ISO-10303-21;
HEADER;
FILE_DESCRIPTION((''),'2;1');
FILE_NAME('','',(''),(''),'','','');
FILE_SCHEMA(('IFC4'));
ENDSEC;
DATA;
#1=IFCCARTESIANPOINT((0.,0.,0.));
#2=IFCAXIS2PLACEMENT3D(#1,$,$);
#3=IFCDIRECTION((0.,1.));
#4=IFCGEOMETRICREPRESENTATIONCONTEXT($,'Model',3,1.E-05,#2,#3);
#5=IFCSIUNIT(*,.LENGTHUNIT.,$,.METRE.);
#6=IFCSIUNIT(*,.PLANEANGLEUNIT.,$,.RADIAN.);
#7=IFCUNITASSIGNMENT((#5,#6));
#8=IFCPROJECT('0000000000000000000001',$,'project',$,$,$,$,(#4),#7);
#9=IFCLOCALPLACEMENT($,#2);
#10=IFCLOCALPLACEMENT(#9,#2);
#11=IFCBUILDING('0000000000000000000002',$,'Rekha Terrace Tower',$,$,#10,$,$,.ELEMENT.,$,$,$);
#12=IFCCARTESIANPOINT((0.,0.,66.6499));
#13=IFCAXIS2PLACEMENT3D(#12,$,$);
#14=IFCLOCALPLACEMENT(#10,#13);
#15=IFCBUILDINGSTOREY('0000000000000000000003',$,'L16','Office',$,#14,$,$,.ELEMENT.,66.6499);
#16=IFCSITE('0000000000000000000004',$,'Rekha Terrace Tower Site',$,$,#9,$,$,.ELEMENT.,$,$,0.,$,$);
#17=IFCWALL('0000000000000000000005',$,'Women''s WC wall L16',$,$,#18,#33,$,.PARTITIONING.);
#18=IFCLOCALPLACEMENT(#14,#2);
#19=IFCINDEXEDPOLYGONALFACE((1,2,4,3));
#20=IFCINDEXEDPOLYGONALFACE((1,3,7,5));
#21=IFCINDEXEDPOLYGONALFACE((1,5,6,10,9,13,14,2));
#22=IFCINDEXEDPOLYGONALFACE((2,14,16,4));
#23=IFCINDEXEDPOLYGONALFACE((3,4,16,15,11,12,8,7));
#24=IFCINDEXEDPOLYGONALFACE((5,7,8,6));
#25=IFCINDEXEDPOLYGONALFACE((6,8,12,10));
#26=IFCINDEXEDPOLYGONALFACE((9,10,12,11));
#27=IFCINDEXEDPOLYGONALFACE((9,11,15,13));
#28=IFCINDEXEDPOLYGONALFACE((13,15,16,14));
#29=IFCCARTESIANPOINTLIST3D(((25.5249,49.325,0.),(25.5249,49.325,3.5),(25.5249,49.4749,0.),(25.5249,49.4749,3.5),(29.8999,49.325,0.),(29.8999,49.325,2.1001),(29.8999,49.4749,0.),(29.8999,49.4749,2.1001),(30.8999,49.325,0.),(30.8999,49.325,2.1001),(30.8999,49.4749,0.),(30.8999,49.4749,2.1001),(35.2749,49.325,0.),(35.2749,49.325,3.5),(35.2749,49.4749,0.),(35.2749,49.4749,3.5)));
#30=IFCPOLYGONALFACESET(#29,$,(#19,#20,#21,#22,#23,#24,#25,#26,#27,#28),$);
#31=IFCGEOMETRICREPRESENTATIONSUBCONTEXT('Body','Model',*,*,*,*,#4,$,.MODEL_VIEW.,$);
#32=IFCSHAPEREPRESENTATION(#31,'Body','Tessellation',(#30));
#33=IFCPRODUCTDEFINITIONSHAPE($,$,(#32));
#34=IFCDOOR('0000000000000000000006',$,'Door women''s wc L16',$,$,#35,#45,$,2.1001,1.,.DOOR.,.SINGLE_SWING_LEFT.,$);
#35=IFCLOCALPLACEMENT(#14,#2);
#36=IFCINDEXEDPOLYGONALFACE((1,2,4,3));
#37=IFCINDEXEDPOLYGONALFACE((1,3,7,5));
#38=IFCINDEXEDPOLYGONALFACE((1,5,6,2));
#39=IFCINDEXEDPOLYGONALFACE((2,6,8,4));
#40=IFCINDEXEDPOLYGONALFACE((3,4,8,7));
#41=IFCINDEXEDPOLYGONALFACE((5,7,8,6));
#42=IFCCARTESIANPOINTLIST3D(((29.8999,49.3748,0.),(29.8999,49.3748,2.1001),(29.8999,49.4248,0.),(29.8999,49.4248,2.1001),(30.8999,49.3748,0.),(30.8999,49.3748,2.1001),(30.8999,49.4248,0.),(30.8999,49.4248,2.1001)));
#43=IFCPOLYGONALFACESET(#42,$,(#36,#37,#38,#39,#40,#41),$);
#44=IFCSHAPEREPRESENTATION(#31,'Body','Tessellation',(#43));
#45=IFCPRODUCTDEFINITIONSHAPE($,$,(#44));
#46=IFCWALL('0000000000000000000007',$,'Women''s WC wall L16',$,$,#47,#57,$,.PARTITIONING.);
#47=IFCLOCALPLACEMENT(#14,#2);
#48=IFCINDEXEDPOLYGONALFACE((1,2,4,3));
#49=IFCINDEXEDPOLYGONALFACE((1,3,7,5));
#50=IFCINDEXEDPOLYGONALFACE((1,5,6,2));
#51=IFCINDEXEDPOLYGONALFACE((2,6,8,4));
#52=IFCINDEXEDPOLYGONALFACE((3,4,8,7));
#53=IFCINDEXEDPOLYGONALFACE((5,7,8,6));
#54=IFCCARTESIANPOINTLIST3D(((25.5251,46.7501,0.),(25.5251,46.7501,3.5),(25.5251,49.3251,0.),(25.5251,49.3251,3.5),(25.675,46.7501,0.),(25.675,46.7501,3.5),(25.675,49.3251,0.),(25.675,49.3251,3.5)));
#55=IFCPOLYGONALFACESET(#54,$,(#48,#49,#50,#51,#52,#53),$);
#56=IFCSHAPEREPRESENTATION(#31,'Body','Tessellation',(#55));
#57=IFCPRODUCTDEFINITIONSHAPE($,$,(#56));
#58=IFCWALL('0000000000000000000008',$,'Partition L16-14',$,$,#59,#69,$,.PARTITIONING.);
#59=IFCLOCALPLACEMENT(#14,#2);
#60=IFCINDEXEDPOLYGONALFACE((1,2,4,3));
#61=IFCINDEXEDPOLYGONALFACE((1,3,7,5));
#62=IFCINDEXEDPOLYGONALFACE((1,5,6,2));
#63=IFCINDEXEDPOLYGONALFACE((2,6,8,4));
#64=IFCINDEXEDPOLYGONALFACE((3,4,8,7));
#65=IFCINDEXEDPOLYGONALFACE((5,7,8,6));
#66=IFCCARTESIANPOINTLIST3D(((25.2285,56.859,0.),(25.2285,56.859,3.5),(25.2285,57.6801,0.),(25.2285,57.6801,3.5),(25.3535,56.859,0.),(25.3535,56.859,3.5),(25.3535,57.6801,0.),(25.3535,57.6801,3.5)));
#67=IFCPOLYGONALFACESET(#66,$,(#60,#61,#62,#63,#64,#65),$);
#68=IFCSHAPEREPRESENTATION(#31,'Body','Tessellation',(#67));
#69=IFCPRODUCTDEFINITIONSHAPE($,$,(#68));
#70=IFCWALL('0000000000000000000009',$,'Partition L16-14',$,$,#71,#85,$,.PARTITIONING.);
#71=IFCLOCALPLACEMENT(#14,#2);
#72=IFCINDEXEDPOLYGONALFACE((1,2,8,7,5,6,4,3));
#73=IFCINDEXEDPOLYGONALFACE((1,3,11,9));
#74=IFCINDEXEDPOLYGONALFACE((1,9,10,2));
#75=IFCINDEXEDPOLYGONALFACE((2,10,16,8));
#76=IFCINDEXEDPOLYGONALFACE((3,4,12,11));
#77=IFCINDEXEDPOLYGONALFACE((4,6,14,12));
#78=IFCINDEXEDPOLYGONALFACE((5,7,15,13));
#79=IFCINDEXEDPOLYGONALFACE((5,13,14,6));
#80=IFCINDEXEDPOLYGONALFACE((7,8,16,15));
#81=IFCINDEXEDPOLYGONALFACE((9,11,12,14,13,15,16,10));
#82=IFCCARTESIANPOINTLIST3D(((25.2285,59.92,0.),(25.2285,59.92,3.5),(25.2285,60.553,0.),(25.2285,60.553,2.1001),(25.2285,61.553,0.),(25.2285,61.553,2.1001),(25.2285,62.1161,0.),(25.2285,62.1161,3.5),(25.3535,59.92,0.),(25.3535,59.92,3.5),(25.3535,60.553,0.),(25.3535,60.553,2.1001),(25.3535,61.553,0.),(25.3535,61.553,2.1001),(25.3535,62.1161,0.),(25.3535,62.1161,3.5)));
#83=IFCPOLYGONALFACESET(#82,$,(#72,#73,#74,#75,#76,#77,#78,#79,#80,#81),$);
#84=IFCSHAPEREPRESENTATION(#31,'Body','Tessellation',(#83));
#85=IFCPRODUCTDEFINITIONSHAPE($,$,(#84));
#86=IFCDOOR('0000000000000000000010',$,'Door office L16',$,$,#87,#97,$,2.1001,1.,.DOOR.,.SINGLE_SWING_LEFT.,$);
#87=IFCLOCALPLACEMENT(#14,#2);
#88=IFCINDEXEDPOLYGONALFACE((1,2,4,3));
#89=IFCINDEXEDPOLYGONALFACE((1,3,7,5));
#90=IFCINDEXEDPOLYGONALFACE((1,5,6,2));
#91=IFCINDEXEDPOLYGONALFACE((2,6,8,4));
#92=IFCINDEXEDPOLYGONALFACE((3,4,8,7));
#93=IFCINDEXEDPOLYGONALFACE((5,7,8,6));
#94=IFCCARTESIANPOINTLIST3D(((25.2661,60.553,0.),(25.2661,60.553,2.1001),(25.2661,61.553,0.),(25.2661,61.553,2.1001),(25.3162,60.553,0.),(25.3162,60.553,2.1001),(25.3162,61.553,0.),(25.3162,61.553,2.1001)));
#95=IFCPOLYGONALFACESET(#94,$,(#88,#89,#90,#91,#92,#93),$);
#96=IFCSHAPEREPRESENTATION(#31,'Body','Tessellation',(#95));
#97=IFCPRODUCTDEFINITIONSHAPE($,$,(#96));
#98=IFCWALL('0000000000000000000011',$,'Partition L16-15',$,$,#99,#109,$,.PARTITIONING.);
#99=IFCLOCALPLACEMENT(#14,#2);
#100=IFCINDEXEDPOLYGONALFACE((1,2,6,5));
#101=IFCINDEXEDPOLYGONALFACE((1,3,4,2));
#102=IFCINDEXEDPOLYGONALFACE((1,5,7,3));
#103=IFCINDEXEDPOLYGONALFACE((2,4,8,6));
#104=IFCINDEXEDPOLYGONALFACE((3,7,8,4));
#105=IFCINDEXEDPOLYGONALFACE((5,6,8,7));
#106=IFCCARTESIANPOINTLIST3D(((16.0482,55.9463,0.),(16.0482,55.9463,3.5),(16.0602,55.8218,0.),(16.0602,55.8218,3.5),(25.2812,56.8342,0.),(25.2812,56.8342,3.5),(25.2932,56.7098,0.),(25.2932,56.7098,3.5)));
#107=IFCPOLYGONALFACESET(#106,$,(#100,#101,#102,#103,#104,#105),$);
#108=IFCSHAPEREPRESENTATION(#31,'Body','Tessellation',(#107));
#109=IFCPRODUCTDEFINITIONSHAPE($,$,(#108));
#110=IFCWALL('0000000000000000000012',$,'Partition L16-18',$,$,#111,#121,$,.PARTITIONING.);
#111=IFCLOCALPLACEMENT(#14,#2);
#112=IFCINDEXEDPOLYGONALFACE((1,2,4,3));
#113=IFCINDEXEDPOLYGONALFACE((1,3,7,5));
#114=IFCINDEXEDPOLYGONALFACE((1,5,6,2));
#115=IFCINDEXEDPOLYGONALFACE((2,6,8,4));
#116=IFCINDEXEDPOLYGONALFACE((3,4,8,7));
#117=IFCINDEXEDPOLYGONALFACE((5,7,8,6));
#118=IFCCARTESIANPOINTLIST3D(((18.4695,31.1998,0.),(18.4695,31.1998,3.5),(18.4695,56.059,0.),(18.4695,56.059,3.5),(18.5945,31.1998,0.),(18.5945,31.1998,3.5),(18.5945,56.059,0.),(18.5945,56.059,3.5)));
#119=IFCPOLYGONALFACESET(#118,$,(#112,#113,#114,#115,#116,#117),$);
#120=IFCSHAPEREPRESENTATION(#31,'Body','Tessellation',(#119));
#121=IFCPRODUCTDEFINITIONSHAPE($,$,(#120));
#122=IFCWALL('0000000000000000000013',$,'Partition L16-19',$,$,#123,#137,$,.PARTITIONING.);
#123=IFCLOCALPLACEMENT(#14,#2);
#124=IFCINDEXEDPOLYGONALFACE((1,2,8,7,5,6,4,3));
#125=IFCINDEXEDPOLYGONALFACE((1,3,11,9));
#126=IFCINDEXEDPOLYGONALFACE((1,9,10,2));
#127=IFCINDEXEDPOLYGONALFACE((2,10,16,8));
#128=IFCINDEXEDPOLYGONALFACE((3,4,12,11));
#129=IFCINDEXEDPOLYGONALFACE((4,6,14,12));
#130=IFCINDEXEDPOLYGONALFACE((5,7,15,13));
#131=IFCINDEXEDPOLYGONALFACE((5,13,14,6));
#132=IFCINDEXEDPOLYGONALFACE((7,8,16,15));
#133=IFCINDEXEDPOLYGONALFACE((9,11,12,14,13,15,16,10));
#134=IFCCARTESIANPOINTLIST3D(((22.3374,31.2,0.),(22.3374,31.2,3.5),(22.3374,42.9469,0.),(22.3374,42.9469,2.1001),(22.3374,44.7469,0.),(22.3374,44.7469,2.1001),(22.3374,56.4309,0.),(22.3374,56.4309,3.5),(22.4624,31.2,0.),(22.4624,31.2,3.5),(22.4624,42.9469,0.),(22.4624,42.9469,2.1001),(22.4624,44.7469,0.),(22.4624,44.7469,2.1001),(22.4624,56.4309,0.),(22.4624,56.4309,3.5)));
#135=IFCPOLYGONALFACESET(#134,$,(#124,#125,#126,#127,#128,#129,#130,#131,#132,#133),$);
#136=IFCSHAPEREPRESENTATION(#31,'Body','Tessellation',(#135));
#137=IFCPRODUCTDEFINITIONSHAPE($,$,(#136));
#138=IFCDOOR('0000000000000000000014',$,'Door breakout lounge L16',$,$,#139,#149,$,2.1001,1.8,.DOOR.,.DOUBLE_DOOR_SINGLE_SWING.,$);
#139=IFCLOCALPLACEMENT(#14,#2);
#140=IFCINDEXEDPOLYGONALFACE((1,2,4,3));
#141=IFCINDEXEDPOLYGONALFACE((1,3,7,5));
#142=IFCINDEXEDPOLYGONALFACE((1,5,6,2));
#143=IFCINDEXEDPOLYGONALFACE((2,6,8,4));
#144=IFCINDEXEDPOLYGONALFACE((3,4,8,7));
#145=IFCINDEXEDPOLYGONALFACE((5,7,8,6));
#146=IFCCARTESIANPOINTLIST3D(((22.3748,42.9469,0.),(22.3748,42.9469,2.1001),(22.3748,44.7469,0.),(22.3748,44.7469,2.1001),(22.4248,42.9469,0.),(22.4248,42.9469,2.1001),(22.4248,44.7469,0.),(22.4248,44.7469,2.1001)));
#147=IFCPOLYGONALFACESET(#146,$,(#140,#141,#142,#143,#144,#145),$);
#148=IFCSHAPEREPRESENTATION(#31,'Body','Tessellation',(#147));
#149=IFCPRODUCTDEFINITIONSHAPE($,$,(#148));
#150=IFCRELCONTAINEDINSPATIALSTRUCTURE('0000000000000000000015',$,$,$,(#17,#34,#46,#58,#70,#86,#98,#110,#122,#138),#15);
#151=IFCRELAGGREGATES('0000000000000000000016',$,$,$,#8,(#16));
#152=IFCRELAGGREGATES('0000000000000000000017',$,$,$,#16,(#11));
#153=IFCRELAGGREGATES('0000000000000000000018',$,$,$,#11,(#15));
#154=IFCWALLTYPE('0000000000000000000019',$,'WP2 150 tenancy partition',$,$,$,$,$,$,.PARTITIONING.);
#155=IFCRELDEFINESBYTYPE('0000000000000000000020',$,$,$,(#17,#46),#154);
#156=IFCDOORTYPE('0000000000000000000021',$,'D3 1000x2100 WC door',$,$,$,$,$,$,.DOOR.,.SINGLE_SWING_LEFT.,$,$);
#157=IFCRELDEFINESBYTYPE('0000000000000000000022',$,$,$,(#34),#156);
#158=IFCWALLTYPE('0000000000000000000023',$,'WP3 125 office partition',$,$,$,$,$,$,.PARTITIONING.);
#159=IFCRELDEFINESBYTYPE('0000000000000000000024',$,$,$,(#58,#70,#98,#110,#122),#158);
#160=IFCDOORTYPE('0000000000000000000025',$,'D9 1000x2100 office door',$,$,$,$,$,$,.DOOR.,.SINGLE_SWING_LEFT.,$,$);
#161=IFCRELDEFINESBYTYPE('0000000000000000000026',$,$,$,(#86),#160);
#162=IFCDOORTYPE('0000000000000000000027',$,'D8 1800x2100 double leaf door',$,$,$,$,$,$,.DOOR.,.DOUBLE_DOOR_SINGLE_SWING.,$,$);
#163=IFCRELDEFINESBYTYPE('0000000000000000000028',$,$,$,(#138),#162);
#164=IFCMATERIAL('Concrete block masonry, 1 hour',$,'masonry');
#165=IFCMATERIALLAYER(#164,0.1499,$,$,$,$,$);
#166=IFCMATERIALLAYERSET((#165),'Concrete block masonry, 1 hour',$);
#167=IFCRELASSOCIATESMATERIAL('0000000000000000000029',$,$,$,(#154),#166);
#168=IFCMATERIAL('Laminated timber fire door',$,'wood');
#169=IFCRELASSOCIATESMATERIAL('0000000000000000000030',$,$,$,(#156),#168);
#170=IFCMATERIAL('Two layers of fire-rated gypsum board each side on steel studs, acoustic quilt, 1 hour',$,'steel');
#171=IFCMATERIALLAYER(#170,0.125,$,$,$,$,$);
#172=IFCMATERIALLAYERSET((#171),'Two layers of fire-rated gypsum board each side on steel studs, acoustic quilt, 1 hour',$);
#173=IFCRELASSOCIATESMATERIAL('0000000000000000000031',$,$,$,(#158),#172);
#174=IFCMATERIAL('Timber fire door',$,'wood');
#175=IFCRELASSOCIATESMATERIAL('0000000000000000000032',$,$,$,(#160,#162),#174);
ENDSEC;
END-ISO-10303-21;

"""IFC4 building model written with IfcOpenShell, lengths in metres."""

from ifc_helpers import new_model, si_unit, direction, frame, frame_2d, origin, place, context, subcontext, project, spatial, rectangle, extrude, material, layer, layer_set, type_object, element, fill, save


model = new_model("IFC4")

# Units and contexts
model_context = context("Model", 3, precision=1e-05, world=origin(), true_north=direction((0.0, 1.0)))
body_context = subcontext(model_context, "Body", "Model", "MODEL_VIEW")
ifc_project = project(units=[si_unit("LENGTHUNIT", "METRE"), si_unit("PLANEANGLEUNIT", "RADIAN")], contexts=[model_context])

# Site, building, storey
site_placement = place(None, origin())
site = spatial("IfcSite", under=ifc_project, at=site_placement, Name="Rekha Terrace Tower Site", CompositionType="ELEMENT", RefElevation=0.0)
building_placement = place(site_placement, origin())
building = spatial("IfcBuilding", under=site, at=building_placement, Name="Rekha Terrace Tower", CompositionType="ELEMENT")
storey_placement = place(building_placement, frame((0.0, 0.0, 66.6499)))
storey = spatial("IfcBuildingStorey", under=building, at=storey_placement, Name="L16", Description="Office", CompositionType="ELEMENT", Elevation=66.6499)

# Wall, opening, door
ifc_material_1 = material(Name="Concrete block masonry, 1 hour", Category="masonry")
ifc_layer_1 = layer(ifc_material_1, 0.1499)
ifc_layer_set_1 = layer_set([ifc_layer_1], Name="Concrete block masonry, 1 hour")
wall_type_1 = type_object("IfcWallType", Name="WP2 150 tenancy partition", PredefinedType="PARTITIONING", material=ifc_layer_set_1)
wall_1_placement = place(storey_placement, frame((25.5249, 49.3999, 0.0), z_axis=(0.0, 0.0, 1.0), x_axis=(1.0, 0.0, 0.0)))
wall_1 = element("IfcWall", 1, at=wall_1_placement, inside=storey, type_object=wall_type_1, Name="Women's WC wall L16", PredefinedType="PARTITIONING", context=body_context, shape_type="SweptSolid", body=[
    extrude(rectangle(XDim=9.75, YDim=0.1499, at=frame_2d((4.875, 0.0))), origin(), (0.0, 0.0, 1.0), 3.5),
])
opening_1_placement = place(wall_1_placement, frame((4.375, 0.0, 0.0)))
opening_1 = element("IfcOpeningElement", 2, at=opening_1_placement, cuts=wall_1, PredefinedType="OPENING", context=body_context, shape_type="SweptSolid", body=[
    extrude(rectangle(XDim=1.0, YDim=2.1001, at=frame_2d((0.5, 1.05))), frame((0.0, 0.085, 0.0), z_axis=(0.0, -1.0, 0.0), x_axis=(1.0, 0.0, 0.0)), (0.0, 0.0, 1.0), 0.1699),
])
ifc_material_2 = material(Name="Laminated timber fire door", Category="wood")
door_type_1 = type_object("IfcDoorType", Name="D3 1000x2100 WC door", OperationType="SINGLE_SWING_LEFT", PredefinedType="DOOR", material=ifc_material_2)
door_1_placement = place(opening_1_placement, origin())
door_1 = element("IfcDoor", 3, at=door_1_placement, inside=storey, type_object=door_type_1, Name="Door women's wc L16", OperationType="SINGLE_SWING_LEFT", OverallHeight=2.1001, OverallWidth=1.0, PredefinedType="DOOR", context=body_context, shape_type="SweptSolid", body=[
    extrude(rectangle(XDim=1.0, YDim=2.1001, at=frame_2d((0.5, 1.05))), frame((0.0, 0.0249, 0.0), z_axis=(0.0, -1.0, 0.0), x_axis=(1.0, 0.0, 0.0)), (0.0, 0.0, 1.0), 0.05),
])
fill(opening_1, door_1)

# Walls
wall_2_placement = place(storey_placement, frame((25.6001, 46.75, 0.0), z_axis=(0.0, 0.0, 1.0), x_axis=(0.0, 1.0, 0.0)))
element("IfcWall", 4, at=wall_2_placement, inside=storey, type_object=wall_type_1, Name="Women's WC wall L16", PredefinedType="PARTITIONING", context=body_context, shape_type="SweptSolid", body=[
    extrude(rectangle(XDim=2.575, YDim=0.1499, at=frame_2d((1.2876, 0.0))), origin(), (0.0, 0.0, 1.0), 3.5),
])
ifc_material_3 = material(Name="Two layers of fire-rated gypsum board each side on steel studs, acoustic quilt, 1 hour", Category="steel")
ifc_layer_2 = layer(ifc_material_3, 0.125)
ifc_layer_set_2 = layer_set([ifc_layer_2], Name="Two layers of fire-rated gypsum board each side on steel studs, acoustic quilt, 1 hour")
wall_type_2 = type_object("IfcWallType", Name="WP3 125 office partition", PredefinedType="PARTITIONING", material=ifc_layer_set_2)
wall_3_placement = place(storey_placement, frame((25.291, 56.8589, 0.0), z_axis=(0.0, 0.0, 1.0), x_axis=(0.0, 1.0, 0.0)))
element("IfcWall", 5, at=wall_3_placement, inside=storey, type_object=wall_type_2, Name="Partition L16-14", PredefinedType="PARTITIONING", context=body_context, shape_type="SweptSolid", body=[
    extrude(rectangle(XDim=0.821, YDim=0.125, at=frame_2d((0.4106, 0.0))), origin(), (0.0, 0.0, 1.0), 3.5),
])

# Wall, opening, door
wall_4_placement = place(storey_placement, frame((25.291, 59.9199, 0.0), z_axis=(0.0, 0.0, 1.0), x_axis=(0.0, 1.0, 0.0)))
wall_4 = element("IfcWall", 6, at=wall_4_placement, inside=storey, type_object=wall_type_2, Name="Partition L16-14", PredefinedType="PARTITIONING", context=body_context, shape_type="SweptSolid", body=[
    extrude(rectangle(XDim=2.196, YDim=0.125, at=frame_2d((1.0981, 0.0))), origin(), (0.0, 0.0, 1.0), 3.5),
])
opening_2_placement = place(wall_4_placement, frame((0.6331, 0.0, 0.0)))
opening_2 = element("IfcOpeningElement", 7, at=opening_2_placement, cuts=wall_4, PredefinedType="OPENING", context=body_context, shape_type="SweptSolid", body=[
    extrude(rectangle(XDim=1.0, YDim=2.1001, at=frame_2d((0.5, 1.05))), frame((0.0, 0.0725, 0.0), z_axis=(0.0, -1.0, 0.0), x_axis=(1.0, 0.0, 0.0)), (0.0, 0.0, 1.0), 0.145),
])
ifc_material_4 = material(Name="Timber fire door", Category="wood")
door_type_2 = type_object("IfcDoorType", Name="D9 1000x2100 office door", OperationType="SINGLE_SWING_LEFT", PredefinedType="DOOR", material=ifc_material_4)
door_2_placement = place(opening_2_placement, origin())
door_2 = element("IfcDoor", 8, at=door_2_placement, inside=storey, type_object=door_type_2, Name="Door office L16", OperationType="SINGLE_SWING_LEFT", OverallHeight=2.1001, OverallWidth=1.0, PredefinedType="DOOR", context=body_context, shape_type="SweptSolid", body=[
    extrude(rectangle(XDim=1.0, YDim=2.1001, at=frame_2d((0.5, 1.05))), frame((0.0, 0.0249, 0.0), z_axis=(0.0, -1.0, 0.0), x_axis=(1.0, 0.0, 0.0)), (0.0, 0.0, 1.0), 0.05),
])
fill(opening_2, door_2)

# Walls
wall_5_placement = place(storey_placement, frame((25.2871, 56.772, 0.0), z_axis=(0.0, 0.0, 1.0), x_axis=(-0.995408, -0.095727, 0.0)))
element("IfcWall", 9, at=wall_5_placement, inside=storey, type_object=wall_type_2, Name="Partition L16-15", PredefinedType="PARTITIONING", context=body_context, shape_type="SweptSolid", body=[
    extrude(rectangle(XDim=9.2756, YDim=0.125, at=frame_2d((4.6377, 0.0))), origin(), (0.0, 0.0, 1.0), 3.5),
])
wall_6_placement = place(storey_placement, frame((18.532, 56.0591, 0.0), z_axis=(0.0, 0.0, 1.0), x_axis=(0.0, -1.0, 0.0)))
element("IfcWall", 10, at=wall_6_placement, inside=storey, type_object=wall_type_2, Name="Partition L16-18", PredefinedType="PARTITIONING", context=body_context, shape_type="SweptSolid", body=[
    extrude(rectangle(XDim=24.8591, YDim=0.125, at=frame_2d((12.4297, 0.0))), origin(), (0.0, 0.0, 1.0), 3.5),
])

# Wall, opening, door
wall_7_placement = place(storey_placement, frame((22.3999, 56.4309, 0.0), z_axis=(0.0, 0.0, 1.0), x_axis=(0.0, -1.0, 0.0)))
wall_7 = element("IfcWall", 11, at=wall_7_placement, inside=storey, type_object=wall_type_2, Name="Partition L16-19", PredefinedType="PARTITIONING", context=body_context, shape_type="SweptSolid", body=[
    extrude(rectangle(XDim=25.231, YDim=0.125, at=frame_2d((12.6155, 0.0))), origin(), (0.0, 0.0, 1.0), 3.5),
])
opening_3_placement = place(wall_7_placement, frame((11.6841, 0.0, 0.0)))
opening_3 = element("IfcOpeningElement", 12, at=opening_3_placement, cuts=wall_7, PredefinedType="OPENING", context=body_context, shape_type="SweptSolid", body=[
    extrude(rectangle(XDim=1.8, YDim=2.1001, at=frame_2d((0.8999, 1.05))), frame((0.0, 0.0725, 0.0), z_axis=(0.0, -1.0, 0.0), x_axis=(1.0, 0.0, 0.0)), (0.0, 0.0, 1.0), 0.145),
])
door_type_3 = type_object("IfcDoorType", Name="D8 1800x2100 double leaf door", OperationType="DOUBLE_DOOR_SINGLE_SWING", PredefinedType="DOOR", material=ifc_material_4)
door_3_placement = place(opening_3_placement, origin())
door_3 = element("IfcDoor", 13, at=door_3_placement, inside=storey, type_object=door_type_3, Name="Door breakout lounge L16", OperationType="DOUBLE_DOOR_SINGLE_SWING", OverallHeight=2.1001, OverallWidth=1.8, PredefinedType="DOOR", context=body_context, shape_type="SweptSolid", body=[
    extrude(rectangle(XDim=1.8, YDim=2.1001, at=frame_2d((0.8999, 1.05))), frame((0.0, 0.0249, 0.0), z_axis=(0.0, -1.0, 0.0), x_axis=(1.0, 0.0, 0.0)), (0.0, 0.0, 1.0), 0.05),
])
fill(opening_3, door_3)

save(model, "model.ifc")
